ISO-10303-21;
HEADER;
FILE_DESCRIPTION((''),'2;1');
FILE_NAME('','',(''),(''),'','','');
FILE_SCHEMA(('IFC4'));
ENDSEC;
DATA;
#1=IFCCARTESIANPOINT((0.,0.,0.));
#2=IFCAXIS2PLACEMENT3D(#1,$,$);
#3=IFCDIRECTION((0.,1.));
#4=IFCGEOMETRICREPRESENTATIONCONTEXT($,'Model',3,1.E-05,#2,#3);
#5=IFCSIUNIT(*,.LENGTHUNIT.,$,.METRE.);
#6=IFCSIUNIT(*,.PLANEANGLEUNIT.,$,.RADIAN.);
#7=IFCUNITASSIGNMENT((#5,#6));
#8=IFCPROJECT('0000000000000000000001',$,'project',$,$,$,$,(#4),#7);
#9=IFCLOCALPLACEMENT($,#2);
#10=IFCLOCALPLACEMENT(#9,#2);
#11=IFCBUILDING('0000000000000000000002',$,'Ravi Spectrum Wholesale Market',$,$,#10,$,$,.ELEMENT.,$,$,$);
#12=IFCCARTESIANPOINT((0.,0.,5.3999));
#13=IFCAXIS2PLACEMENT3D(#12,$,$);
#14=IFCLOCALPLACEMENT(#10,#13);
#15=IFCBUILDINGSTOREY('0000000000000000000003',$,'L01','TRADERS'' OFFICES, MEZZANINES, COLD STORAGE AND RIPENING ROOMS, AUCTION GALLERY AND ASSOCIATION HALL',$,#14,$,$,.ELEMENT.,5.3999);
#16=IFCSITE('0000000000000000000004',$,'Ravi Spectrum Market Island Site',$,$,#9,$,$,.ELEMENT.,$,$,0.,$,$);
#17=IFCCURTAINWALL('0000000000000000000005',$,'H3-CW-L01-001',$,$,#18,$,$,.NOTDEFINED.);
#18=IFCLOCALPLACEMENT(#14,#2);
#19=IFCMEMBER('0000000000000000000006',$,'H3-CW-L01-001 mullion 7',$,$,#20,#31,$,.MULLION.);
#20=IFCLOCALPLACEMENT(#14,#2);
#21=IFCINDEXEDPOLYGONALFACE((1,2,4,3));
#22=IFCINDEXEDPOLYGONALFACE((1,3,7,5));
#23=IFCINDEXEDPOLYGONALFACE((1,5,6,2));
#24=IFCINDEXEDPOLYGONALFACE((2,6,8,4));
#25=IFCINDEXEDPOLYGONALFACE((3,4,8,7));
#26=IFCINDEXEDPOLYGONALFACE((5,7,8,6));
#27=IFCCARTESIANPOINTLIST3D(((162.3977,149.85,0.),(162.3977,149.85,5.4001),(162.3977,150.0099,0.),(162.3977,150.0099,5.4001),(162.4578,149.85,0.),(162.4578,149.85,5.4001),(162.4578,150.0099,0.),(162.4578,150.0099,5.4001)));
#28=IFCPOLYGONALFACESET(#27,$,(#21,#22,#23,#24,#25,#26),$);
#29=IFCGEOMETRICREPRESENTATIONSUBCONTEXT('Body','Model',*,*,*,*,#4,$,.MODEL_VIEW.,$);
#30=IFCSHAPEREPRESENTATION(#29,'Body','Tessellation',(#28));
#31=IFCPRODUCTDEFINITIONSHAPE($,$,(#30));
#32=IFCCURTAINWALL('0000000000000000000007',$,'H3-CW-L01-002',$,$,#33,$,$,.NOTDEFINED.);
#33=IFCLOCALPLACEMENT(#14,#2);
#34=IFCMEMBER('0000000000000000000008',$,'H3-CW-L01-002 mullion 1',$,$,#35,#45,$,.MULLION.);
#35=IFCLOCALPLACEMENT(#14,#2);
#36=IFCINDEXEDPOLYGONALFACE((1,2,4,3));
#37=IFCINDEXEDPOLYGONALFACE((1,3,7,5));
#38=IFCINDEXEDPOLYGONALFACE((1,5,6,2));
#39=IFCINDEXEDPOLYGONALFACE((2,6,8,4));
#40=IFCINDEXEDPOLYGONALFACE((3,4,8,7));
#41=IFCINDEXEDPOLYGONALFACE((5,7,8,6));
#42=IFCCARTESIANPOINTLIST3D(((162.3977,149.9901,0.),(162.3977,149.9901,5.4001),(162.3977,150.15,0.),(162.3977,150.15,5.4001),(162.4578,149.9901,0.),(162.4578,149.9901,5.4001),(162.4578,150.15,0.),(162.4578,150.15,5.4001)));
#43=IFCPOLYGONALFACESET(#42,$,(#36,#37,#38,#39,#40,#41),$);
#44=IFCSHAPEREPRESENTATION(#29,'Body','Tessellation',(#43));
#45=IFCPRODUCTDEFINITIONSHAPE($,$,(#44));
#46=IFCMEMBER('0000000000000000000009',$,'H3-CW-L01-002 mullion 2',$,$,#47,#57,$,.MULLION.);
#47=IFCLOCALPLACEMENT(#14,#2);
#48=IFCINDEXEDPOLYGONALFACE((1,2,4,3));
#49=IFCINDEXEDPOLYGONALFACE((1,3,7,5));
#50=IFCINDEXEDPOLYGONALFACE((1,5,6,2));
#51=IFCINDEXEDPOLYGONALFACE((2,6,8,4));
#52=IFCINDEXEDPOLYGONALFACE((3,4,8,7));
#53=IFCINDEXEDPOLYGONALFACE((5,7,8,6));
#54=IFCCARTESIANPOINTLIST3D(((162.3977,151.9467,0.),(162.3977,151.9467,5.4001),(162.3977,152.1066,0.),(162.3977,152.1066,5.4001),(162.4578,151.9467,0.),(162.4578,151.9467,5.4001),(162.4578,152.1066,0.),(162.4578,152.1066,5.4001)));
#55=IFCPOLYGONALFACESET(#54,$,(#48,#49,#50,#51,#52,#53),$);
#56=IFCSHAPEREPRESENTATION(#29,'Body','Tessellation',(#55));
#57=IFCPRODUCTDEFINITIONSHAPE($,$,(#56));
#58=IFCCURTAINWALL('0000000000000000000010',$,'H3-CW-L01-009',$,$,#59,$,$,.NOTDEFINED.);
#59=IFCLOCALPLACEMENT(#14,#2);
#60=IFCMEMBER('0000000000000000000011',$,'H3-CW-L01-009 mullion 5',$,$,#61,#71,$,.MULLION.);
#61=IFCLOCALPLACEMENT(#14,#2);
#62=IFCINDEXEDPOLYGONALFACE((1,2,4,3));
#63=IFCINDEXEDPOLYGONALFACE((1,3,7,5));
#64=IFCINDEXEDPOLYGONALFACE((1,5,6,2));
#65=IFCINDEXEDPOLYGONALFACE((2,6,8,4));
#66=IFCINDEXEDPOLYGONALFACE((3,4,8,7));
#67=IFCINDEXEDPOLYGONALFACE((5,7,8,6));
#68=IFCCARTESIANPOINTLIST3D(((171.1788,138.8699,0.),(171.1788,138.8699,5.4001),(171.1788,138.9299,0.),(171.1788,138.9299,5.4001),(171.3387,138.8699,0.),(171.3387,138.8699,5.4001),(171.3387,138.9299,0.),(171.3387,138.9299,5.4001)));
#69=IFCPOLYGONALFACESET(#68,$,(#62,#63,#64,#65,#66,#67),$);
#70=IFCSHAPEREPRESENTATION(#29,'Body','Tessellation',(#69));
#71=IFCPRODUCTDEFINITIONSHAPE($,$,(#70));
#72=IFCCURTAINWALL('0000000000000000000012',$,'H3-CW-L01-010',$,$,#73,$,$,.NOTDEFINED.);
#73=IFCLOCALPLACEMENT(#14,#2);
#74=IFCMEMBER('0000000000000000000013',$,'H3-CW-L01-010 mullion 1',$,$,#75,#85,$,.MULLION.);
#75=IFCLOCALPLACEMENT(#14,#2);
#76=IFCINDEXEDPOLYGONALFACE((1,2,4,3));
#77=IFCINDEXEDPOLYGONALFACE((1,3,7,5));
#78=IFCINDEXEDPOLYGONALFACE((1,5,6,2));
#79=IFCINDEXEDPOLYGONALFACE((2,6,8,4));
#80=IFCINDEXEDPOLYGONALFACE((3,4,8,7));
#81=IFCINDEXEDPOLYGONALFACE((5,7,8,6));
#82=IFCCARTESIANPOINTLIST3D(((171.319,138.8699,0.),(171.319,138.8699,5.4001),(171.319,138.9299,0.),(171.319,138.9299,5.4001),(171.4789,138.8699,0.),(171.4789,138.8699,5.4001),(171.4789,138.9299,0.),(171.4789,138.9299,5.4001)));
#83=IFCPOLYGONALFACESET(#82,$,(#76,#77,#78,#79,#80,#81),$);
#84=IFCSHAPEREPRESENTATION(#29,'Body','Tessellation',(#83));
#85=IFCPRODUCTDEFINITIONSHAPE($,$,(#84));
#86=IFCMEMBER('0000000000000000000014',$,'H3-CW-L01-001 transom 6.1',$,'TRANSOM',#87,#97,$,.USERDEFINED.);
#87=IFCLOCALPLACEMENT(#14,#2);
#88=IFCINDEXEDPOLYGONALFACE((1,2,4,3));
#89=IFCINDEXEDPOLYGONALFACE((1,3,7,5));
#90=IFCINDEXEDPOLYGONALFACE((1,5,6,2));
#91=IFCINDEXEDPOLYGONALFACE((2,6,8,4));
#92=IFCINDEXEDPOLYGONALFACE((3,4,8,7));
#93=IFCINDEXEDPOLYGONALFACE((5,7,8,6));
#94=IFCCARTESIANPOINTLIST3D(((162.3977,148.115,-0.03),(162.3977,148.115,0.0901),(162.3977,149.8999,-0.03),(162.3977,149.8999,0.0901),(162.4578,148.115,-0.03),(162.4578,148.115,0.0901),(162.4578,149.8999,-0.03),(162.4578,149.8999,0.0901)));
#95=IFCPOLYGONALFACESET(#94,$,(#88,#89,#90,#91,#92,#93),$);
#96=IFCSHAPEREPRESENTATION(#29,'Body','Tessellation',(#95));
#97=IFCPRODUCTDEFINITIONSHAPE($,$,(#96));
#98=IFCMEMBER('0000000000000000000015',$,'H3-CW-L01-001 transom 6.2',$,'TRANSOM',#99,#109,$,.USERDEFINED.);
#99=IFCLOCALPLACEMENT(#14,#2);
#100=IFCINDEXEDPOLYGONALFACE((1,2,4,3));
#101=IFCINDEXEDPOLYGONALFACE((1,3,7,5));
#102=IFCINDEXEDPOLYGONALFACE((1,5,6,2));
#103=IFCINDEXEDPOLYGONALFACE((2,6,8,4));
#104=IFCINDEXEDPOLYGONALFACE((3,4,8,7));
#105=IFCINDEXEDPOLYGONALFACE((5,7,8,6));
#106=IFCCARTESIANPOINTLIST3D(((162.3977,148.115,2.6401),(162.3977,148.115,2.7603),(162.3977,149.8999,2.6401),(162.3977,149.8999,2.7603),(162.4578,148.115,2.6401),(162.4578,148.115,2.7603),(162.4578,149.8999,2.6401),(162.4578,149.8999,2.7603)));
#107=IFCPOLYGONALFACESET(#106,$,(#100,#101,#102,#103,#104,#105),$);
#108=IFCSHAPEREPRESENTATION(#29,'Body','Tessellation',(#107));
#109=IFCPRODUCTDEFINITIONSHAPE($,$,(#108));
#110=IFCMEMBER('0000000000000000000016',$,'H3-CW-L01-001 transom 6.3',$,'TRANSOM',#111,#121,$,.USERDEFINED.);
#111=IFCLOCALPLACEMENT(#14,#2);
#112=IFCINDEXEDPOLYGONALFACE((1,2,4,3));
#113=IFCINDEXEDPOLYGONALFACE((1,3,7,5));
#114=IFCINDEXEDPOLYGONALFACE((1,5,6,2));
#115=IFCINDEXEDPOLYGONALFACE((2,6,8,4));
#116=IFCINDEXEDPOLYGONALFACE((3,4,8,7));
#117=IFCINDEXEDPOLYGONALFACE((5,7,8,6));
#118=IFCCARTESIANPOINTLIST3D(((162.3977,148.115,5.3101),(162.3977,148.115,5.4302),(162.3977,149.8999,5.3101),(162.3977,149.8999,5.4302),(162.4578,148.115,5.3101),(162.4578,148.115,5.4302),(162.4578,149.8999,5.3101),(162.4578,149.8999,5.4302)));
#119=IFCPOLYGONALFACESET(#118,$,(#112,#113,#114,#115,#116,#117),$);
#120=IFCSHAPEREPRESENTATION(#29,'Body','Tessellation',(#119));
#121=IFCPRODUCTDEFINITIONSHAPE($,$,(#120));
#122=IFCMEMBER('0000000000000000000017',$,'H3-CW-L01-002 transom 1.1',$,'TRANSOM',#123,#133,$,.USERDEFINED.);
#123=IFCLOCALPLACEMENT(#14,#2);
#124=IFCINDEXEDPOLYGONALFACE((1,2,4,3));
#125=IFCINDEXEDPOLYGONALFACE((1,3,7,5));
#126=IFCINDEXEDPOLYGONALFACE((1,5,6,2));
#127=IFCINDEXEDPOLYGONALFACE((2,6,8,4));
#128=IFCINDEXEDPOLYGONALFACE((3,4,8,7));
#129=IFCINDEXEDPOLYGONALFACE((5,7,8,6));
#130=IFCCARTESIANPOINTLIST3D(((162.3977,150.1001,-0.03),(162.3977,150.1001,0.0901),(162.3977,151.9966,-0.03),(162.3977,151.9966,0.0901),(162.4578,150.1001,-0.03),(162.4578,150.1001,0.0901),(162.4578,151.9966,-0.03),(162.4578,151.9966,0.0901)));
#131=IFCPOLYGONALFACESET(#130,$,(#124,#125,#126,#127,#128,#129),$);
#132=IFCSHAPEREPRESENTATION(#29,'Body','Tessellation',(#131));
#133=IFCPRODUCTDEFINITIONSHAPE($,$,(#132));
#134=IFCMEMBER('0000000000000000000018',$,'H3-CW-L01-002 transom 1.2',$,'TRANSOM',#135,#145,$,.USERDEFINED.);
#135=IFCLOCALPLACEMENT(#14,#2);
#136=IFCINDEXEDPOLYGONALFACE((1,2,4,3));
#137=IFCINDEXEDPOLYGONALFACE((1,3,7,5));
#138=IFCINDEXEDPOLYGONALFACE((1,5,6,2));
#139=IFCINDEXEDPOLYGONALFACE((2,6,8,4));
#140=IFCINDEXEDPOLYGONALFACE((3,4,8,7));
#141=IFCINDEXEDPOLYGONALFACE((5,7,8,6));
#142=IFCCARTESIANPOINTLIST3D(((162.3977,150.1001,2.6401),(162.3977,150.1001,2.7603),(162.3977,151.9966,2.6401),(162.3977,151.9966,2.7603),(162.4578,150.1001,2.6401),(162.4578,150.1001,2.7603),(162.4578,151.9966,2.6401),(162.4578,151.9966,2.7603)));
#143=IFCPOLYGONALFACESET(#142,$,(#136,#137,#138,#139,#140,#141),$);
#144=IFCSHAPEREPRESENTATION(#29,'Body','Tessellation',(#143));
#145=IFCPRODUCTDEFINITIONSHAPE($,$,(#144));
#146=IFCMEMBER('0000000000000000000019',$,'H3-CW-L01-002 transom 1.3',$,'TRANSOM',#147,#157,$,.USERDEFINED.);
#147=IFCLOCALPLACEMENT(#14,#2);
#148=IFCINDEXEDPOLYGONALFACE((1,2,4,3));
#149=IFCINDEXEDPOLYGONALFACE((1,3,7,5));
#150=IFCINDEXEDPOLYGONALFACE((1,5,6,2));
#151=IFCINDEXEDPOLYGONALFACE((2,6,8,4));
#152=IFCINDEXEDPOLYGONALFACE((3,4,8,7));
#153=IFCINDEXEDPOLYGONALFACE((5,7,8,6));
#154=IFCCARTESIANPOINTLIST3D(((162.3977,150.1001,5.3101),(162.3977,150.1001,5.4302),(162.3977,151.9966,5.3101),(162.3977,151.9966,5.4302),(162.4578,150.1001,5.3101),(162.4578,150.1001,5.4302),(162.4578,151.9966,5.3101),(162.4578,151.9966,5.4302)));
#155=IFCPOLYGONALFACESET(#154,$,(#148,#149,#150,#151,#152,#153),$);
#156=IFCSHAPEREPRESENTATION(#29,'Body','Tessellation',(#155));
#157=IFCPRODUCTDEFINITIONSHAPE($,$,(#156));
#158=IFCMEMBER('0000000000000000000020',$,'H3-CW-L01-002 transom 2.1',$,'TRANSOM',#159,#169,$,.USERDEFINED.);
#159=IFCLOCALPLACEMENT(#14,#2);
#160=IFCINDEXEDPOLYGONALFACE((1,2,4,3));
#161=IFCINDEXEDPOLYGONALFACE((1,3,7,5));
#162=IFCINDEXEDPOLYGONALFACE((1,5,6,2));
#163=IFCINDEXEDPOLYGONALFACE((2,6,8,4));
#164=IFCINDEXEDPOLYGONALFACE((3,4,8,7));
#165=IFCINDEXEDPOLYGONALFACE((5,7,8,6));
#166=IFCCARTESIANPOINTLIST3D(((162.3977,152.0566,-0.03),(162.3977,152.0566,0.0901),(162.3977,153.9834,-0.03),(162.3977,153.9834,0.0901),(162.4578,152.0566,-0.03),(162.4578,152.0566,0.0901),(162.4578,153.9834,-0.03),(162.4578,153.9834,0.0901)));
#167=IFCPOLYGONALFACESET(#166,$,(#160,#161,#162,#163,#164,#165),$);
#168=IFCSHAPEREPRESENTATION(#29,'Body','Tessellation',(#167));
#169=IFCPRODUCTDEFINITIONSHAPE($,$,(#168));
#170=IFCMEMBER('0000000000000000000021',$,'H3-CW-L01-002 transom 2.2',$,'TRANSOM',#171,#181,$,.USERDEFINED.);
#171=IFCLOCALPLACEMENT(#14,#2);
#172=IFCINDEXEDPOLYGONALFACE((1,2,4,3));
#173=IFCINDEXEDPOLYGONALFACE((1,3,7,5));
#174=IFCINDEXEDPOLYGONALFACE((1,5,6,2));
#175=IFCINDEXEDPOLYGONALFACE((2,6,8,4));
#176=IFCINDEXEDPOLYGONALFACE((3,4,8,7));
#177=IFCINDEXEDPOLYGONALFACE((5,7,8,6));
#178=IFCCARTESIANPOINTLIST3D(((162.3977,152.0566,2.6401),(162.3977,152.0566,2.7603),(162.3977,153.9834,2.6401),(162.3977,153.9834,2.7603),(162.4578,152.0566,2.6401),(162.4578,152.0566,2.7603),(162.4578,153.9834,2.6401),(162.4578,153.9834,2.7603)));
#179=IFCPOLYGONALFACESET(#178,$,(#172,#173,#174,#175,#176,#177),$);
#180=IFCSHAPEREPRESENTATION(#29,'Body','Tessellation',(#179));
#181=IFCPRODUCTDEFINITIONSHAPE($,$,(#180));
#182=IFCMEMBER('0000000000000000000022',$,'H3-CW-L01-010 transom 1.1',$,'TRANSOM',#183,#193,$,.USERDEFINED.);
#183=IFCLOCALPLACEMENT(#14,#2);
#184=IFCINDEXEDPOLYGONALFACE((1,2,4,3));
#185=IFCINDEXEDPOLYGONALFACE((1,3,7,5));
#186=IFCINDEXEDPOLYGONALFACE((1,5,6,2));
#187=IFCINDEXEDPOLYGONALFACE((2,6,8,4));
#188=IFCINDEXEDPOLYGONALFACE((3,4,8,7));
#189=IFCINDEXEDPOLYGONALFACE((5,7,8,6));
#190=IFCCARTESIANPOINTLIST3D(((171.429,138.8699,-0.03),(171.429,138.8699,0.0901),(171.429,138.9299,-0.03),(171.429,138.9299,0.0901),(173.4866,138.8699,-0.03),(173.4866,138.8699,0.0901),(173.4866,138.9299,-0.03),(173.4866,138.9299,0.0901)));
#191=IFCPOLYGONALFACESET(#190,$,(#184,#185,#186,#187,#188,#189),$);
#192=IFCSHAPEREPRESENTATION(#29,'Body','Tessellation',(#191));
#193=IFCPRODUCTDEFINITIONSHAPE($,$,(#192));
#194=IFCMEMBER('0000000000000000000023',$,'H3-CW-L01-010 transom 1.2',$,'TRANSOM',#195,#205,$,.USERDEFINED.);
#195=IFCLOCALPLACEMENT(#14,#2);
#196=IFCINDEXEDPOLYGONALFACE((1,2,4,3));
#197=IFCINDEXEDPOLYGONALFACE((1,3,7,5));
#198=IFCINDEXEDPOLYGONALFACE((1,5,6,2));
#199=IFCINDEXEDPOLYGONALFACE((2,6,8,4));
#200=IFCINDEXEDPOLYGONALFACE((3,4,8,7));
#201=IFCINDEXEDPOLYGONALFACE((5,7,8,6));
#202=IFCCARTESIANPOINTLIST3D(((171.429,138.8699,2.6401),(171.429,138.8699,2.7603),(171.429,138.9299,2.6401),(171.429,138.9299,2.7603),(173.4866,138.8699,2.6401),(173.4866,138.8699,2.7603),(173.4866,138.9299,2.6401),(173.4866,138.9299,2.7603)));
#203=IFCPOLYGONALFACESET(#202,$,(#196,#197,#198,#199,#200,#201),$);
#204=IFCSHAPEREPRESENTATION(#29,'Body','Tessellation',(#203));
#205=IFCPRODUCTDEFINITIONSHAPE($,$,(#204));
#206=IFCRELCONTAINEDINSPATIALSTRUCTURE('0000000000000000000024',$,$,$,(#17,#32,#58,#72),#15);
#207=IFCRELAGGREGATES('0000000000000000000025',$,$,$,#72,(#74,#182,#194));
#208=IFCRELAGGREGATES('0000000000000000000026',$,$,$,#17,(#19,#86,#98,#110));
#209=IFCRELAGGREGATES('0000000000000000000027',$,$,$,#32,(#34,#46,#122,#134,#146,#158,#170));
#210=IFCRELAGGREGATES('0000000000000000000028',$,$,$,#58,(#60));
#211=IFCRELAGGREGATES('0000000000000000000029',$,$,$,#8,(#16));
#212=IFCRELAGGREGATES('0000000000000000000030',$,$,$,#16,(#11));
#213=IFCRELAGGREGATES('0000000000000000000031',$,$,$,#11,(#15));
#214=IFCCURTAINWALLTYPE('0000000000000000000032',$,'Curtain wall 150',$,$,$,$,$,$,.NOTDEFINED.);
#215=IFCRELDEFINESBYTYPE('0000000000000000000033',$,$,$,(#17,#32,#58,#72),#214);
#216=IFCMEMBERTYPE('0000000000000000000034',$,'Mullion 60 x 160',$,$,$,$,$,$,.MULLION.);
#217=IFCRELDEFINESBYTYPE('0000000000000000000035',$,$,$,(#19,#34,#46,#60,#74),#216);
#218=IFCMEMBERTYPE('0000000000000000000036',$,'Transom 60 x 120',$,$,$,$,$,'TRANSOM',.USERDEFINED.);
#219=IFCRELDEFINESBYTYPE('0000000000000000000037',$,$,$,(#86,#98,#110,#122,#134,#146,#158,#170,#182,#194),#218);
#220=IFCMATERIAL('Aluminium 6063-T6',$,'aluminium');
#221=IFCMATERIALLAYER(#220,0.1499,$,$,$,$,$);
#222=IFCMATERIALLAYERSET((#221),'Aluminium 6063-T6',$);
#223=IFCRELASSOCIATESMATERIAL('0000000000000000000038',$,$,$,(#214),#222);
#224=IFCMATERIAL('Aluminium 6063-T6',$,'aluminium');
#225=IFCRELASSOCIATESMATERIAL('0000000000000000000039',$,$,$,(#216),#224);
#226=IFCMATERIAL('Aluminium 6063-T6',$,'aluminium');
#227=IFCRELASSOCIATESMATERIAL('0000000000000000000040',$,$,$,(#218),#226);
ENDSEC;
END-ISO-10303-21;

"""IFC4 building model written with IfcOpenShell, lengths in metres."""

from ifc_helpers import new_model, si_unit, direction, frame, origin, origin_2d, place, context, subcontext, project, spatial, rectangle, extrude, material, layer, layer_set, material_profile, profile_set, type_object, element, aggregate, save


model = new_model("IFC4")

# Units and contexts
model_context = context("Model", 3, precision=1e-05, world=origin(), true_north=direction((0.0, 1.0)))
body_context = subcontext(model_context, "Body", "Model", "MODEL_VIEW")
ifc_project = project(units=[si_unit("LENGTHUNIT", "METRE"), si_unit("PLANEANGLEUNIT", "RADIAN")], contexts=[model_context])

# Site, building, storey
site_placement = place(None, origin())
site = spatial("IfcSite", under=ifc_project, at=site_placement, Name="Ravi Spectrum Market Island Site", CompositionType="ELEMENT", RefElevation=0.0)
building_placement = place(site_placement, origin())
building = spatial("IfcBuilding", under=site, at=building_placement, Name="Ravi Spectrum Wholesale Market", CompositionType="ELEMENT")
storey_placement = place(building_placement, frame((0.0, 0.0, 5.3999)))
storey = spatial("IfcBuildingStorey", under=building, at=storey_placement, Name="L01", Description="TRADERS' OFFICES, MEZZANINES, COLD STORAGE AND RIPENING ROOMS, AUCTION GALLERY AND ASSOCIATION HALL", CompositionType="ELEMENT", Elevation=5.3999)

# Curtain wall, member
ifc_material_1 = material(Name="Aluminium 6063-T6", Category="aluminium")
ifc_layer_1 = layer(ifc_material_1, 0.1499)
ifc_layer_set_1 = layer_set([ifc_layer_1], Name="Aluminium 6063-T6")
curtain_wall_type = type_object("IfcCurtainWallType", Name="Curtain wall 150", PredefinedType="NOTDEFINED", material=ifc_layer_set_1)
curtain_wall_1_placement = place(storey_placement, origin())
curtain_wall_1 = element("IfcCurtainWall", 1, at=curtain_wall_1_placement, inside=storey, type_object=curtain_wall_type, Name="H3-CW-L01-001", PredefinedType="NOTDEFINED")
ifc_material_2 = material(Name="Aluminium 6063-T6", Category="aluminium")
ifc_material_profile_1 = material_profile(ifc_material_2, rectangle(XDim=0.0601, YDim=0.1599, at=origin_2d()))
ifc_profile_set_1 = profile_set([ifc_material_profile_1], Name="Aluminium 6063-T6")
member_type_1 = type_object("IfcMemberType", Name="Mullion 60 x 160", PredefinedType="MULLION", material=ifc_profile_set_1)
member_1_placement = place(storey_placement, frame((162.4277, 149.9299, 0.0), z_axis=(0.0, 0.0, 1.0), x_axis=(-1.0, 0.0, 0.0)))
member_1 = element("IfcMember", 2, at=member_1_placement, type_object=member_type_1, Name="H3-CW-L01-001 mullion 7", PredefinedType="MULLION", context=body_context, shape_type="SweptSolid", body=[
    extrude(rectangle(XDim=0.0601, YDim=0.1599, at=origin_2d()), origin(), (0.0, 0.0, 1.0), 5.4001),
])

# Curtain wall, members
curtain_wall_2_placement = place(storey_placement, origin())
curtain_wall_2 = element("IfcCurtainWall", 3, at=curtain_wall_2_placement, inside=storey, type_object=curtain_wall_type, Name="H3-CW-L01-002", PredefinedType="NOTDEFINED")
member_2_placement = place(storey_placement, frame((162.4277, 150.0701, 0.0), z_axis=(0.0, 0.0, 1.0), x_axis=(-1.0, 0.0, 0.0)))
member_2 = element("IfcMember", 4, at=member_2_placement, type_object=member_type_1, Name="H3-CW-L01-002 mullion 1", PredefinedType="MULLION", context=body_context, shape_type="SweptSolid", body=[
    extrude(rectangle(XDim=0.0601, YDim=0.1599, at=origin_2d()), origin(), (0.0, 0.0, 1.0), 5.4001),
])
member_3_placement = place(storey_placement, frame((162.4277, 152.0266, 0.0), z_axis=(0.0, 0.0, 1.0), x_axis=(-1.0, 0.0, 0.0)))
member_3 = element("IfcMember", 5, at=member_3_placement, type_object=member_type_1, Name="H3-CW-L01-002 mullion 2", PredefinedType="MULLION", context=body_context, shape_type="SweptSolid", body=[
    extrude(rectangle(XDim=0.0601, YDim=0.1599, at=origin_2d()), origin(), (0.0, 0.0, 1.0), 5.4001),
])

# Curtain walls, members
curtain_wall_3_placement = place(storey_placement, origin())
curtain_wall_3 = element("IfcCurtainWall", 6, at=curtain_wall_3_placement, inside=storey, type_object=curtain_wall_type, Name="H3-CW-L01-009", PredefinedType="NOTDEFINED")
member_4_placement = place(storey_placement, frame((171.2588, 138.8999, 0.0), z_axis=(0.0, 0.0, 1.0), x_axis=(0.0, 1.0, 0.0)))
member_4 = element("IfcMember", 7, at=member_4_placement, type_object=member_type_1, Name="H3-CW-L01-009 mullion 5", PredefinedType="MULLION", context=body_context, shape_type="SweptSolid", body=[
    extrude(rectangle(XDim=0.0601, YDim=0.1599, at=origin_2d()), origin(), (0.0, 0.0, 1.0), 5.4001),
])
curtain_wall_4_placement = place(storey_placement, origin())
curtain_wall_4 = element("IfcCurtainWall", 8, at=curtain_wall_4_placement, inside=storey, type_object=curtain_wall_type, Name="H3-CW-L01-010", PredefinedType="NOTDEFINED")
member_5_placement = place(storey_placement, frame((171.3989, 138.8999, 0.0), z_axis=(0.0, 0.0, 1.0), x_axis=(0.0, 1.0, 0.0)))
member_5 = element("IfcMember", 9, at=member_5_placement, type_object=member_type_1, Name="H3-CW-L01-010 mullion 1", PredefinedType="MULLION", context=body_context, shape_type="SweptSolid", body=[
    extrude(rectangle(XDim=0.0601, YDim=0.1599, at=origin_2d()), origin(), (0.0, 0.0, 1.0), 5.4001),
])

# Members
ifc_material_3 = material(Name="Aluminium 6063-T6", Category="aluminium")
ifc_material_profile_2 = material_profile(ifc_material_3, rectangle(XDim=0.0601, YDim=0.1201, at=origin_2d()))
ifc_profile_set_2 = profile_set([ifc_material_profile_2], Name="Aluminium 6063-T6")
member_type_2 = type_object("IfcMemberType", Name="Transom 60 x 120", ElementType="TRANSOM", PredefinedType="USERDEFINED", material=ifc_profile_set_2)
member_6_placement = place(storey_placement, frame((162.4277, 148.115, 0.03), z_axis=(0.0, 1.0, 0.0), x_axis=(-1.0, 0.0, 0.0)))
member_6 = element("IfcMember", 10, at=member_6_placement, type_object=member_type_2, Name="H3-CW-L01-001 transom 6.1", ObjectType="TRANSOM", PredefinedType="USERDEFINED", context=body_context, shape_type="SweptSolid", body=[
    extrude(rectangle(XDim=0.0601, YDim=0.1201, at=origin_2d()), origin(), (0.0, 0.0, 1.0), 1.7849),
])
member_7_placement = place(storey_placement, frame((162.4277, 148.115, 2.7002), z_axis=(0.0, 1.0, 0.0), x_axis=(-1.0, 0.0, 0.0)))
member_7 = element("IfcMember", 11, at=member_7_placement, type_object=member_type_2, Name="H3-CW-L01-001 transom 6.2", ObjectType="TRANSOM", PredefinedType="USERDEFINED", context=body_context, shape_type="SweptSolid", body=[
    extrude(rectangle(XDim=0.0601, YDim=0.1201, at=origin_2d()), origin(), (0.0, 0.0, 1.0), 1.7849),
])
member_8_placement = place(storey_placement, frame((162.4277, 148.115, 5.3701), z_axis=(0.0, 1.0, 0.0), x_axis=(-1.0, 0.0, 0.0)))
member_8 = element("IfcMember", 12, at=member_8_placement, type_object=member_type_2, Name="H3-CW-L01-001 transom 6.3", ObjectType="TRANSOM", PredefinedType="USERDEFINED", context=body_context, shape_type="SweptSolid", body=[
    extrude(rectangle(XDim=0.0601, YDim=0.1201, at=origin_2d()), origin(), (0.0, 0.0, 1.0), 1.7849),
])
member_9_placement = place(storey_placement, frame((162.4277, 150.1001, 0.03), z_axis=(0.0, 1.0, 0.0), x_axis=(-1.0, 0.0, 0.0)))
member_9 = element("IfcMember", 13, at=member_9_placement, type_object=member_type_2, Name="H3-CW-L01-002 transom 1.1", ObjectType="TRANSOM", PredefinedType="USERDEFINED", context=body_context, shape_type="SweptSolid", body=[
    extrude(rectangle(XDim=0.0601, YDim=0.1201, at=origin_2d()), origin(), (0.0, 0.0, 1.0), 1.8965),
])
member_10_placement = place(storey_placement, frame((162.4277, 150.1001, 2.7002), z_axis=(0.0, 1.0, 0.0), x_axis=(-1.0, 0.0, 0.0)))
member_10 = element("IfcMember", 14, at=member_10_placement, type_object=member_type_2, Name="H3-CW-L01-002 transom 1.2", ObjectType="TRANSOM", PredefinedType="USERDEFINED", context=body_context, shape_type="SweptSolid", body=[
    extrude(rectangle(XDim=0.0601, YDim=0.1201, at=origin_2d()), origin(), (0.0, 0.0, 1.0), 1.8965),
])
member_11_placement = place(storey_placement, frame((162.4277, 150.1001, 5.3701), z_axis=(0.0, 1.0, 0.0), x_axis=(-1.0, 0.0, 0.0)))
member_11 = element("IfcMember", 15, at=member_11_placement, type_object=member_type_2, Name="H3-CW-L01-002 transom 1.3", ObjectType="TRANSOM", PredefinedType="USERDEFINED", context=body_context, shape_type="SweptSolid", body=[
    extrude(rectangle(XDim=0.0601, YDim=0.1201, at=origin_2d()), origin(), (0.0, 0.0, 1.0), 1.8965),
])
member_12_placement = place(storey_placement, frame((162.4277, 152.0566, 0.03), z_axis=(0.0, 1.0, 0.0), x_axis=(-1.0, 0.0, 0.0)))
member_12 = element("IfcMember", 16, at=member_12_placement, type_object=member_type_2, Name="H3-CW-L01-002 transom 2.1", ObjectType="TRANSOM", PredefinedType="USERDEFINED", context=body_context, shape_type="SweptSolid", body=[
    extrude(rectangle(XDim=0.0601, YDim=0.1201, at=origin_2d()), origin(), (0.0, 0.0, 1.0), 1.9268),
])
member_13_placement = place(storey_placement, frame((162.4277, 152.0566, 2.7002), z_axis=(0.0, 1.0, 0.0), x_axis=(-1.0, 0.0, 0.0)))
member_13 = element("IfcMember", 17, at=member_13_placement, type_object=member_type_2, Name="H3-CW-L01-002 transom 2.2", ObjectType="TRANSOM", PredefinedType="USERDEFINED", context=body_context, shape_type="SweptSolid", body=[
    extrude(rectangle(XDim=0.0601, YDim=0.1201, at=origin_2d()), origin(), (0.0, 0.0, 1.0), 1.9268),
])
member_14_placement = place(storey_placement, frame((171.429, 138.8999, 0.03), z_axis=(1.0, 0.0, 0.0), x_axis=(0.0, 1.0, 0.0)))
member_14 = element("IfcMember", 18, at=member_14_placement, type_object=member_type_2, Name="H3-CW-L01-010 transom 1.1", ObjectType="TRANSOM", PredefinedType="USERDEFINED", context=body_context, shape_type="SweptSolid", body=[
    extrude(rectangle(XDim=0.0601, YDim=0.1201, at=origin_2d()), origin(), (0.0, 0.0, 1.0), 2.0576),
])
member_15_placement = place(storey_placement, frame((171.429, 138.8999, 2.7002), z_axis=(1.0, 0.0, 0.0), x_axis=(0.0, 1.0, 0.0)))
member_15 = element("IfcMember", 19, at=member_15_placement, type_object=member_type_2, Name="H3-CW-L01-010 transom 1.2", ObjectType="TRANSOM", PredefinedType="USERDEFINED", context=body_context, shape_type="SweptSolid", body=[
    extrude(rectangle(XDim=0.0601, YDim=0.1201, at=origin_2d()), origin(), (0.0, 0.0, 1.0), 2.0576),
])
aggregate(curtain_wall_4, [member_5, member_14, member_15])

aggregate(curtain_wall_1, [member_1, member_6, member_7, member_8])
aggregate(curtain_wall_2, [member_2, member_3, member_9, member_10, member_11, member_12, member_13])
aggregate(curtain_wall_3, [member_4])

save(model, "model.ifc")
